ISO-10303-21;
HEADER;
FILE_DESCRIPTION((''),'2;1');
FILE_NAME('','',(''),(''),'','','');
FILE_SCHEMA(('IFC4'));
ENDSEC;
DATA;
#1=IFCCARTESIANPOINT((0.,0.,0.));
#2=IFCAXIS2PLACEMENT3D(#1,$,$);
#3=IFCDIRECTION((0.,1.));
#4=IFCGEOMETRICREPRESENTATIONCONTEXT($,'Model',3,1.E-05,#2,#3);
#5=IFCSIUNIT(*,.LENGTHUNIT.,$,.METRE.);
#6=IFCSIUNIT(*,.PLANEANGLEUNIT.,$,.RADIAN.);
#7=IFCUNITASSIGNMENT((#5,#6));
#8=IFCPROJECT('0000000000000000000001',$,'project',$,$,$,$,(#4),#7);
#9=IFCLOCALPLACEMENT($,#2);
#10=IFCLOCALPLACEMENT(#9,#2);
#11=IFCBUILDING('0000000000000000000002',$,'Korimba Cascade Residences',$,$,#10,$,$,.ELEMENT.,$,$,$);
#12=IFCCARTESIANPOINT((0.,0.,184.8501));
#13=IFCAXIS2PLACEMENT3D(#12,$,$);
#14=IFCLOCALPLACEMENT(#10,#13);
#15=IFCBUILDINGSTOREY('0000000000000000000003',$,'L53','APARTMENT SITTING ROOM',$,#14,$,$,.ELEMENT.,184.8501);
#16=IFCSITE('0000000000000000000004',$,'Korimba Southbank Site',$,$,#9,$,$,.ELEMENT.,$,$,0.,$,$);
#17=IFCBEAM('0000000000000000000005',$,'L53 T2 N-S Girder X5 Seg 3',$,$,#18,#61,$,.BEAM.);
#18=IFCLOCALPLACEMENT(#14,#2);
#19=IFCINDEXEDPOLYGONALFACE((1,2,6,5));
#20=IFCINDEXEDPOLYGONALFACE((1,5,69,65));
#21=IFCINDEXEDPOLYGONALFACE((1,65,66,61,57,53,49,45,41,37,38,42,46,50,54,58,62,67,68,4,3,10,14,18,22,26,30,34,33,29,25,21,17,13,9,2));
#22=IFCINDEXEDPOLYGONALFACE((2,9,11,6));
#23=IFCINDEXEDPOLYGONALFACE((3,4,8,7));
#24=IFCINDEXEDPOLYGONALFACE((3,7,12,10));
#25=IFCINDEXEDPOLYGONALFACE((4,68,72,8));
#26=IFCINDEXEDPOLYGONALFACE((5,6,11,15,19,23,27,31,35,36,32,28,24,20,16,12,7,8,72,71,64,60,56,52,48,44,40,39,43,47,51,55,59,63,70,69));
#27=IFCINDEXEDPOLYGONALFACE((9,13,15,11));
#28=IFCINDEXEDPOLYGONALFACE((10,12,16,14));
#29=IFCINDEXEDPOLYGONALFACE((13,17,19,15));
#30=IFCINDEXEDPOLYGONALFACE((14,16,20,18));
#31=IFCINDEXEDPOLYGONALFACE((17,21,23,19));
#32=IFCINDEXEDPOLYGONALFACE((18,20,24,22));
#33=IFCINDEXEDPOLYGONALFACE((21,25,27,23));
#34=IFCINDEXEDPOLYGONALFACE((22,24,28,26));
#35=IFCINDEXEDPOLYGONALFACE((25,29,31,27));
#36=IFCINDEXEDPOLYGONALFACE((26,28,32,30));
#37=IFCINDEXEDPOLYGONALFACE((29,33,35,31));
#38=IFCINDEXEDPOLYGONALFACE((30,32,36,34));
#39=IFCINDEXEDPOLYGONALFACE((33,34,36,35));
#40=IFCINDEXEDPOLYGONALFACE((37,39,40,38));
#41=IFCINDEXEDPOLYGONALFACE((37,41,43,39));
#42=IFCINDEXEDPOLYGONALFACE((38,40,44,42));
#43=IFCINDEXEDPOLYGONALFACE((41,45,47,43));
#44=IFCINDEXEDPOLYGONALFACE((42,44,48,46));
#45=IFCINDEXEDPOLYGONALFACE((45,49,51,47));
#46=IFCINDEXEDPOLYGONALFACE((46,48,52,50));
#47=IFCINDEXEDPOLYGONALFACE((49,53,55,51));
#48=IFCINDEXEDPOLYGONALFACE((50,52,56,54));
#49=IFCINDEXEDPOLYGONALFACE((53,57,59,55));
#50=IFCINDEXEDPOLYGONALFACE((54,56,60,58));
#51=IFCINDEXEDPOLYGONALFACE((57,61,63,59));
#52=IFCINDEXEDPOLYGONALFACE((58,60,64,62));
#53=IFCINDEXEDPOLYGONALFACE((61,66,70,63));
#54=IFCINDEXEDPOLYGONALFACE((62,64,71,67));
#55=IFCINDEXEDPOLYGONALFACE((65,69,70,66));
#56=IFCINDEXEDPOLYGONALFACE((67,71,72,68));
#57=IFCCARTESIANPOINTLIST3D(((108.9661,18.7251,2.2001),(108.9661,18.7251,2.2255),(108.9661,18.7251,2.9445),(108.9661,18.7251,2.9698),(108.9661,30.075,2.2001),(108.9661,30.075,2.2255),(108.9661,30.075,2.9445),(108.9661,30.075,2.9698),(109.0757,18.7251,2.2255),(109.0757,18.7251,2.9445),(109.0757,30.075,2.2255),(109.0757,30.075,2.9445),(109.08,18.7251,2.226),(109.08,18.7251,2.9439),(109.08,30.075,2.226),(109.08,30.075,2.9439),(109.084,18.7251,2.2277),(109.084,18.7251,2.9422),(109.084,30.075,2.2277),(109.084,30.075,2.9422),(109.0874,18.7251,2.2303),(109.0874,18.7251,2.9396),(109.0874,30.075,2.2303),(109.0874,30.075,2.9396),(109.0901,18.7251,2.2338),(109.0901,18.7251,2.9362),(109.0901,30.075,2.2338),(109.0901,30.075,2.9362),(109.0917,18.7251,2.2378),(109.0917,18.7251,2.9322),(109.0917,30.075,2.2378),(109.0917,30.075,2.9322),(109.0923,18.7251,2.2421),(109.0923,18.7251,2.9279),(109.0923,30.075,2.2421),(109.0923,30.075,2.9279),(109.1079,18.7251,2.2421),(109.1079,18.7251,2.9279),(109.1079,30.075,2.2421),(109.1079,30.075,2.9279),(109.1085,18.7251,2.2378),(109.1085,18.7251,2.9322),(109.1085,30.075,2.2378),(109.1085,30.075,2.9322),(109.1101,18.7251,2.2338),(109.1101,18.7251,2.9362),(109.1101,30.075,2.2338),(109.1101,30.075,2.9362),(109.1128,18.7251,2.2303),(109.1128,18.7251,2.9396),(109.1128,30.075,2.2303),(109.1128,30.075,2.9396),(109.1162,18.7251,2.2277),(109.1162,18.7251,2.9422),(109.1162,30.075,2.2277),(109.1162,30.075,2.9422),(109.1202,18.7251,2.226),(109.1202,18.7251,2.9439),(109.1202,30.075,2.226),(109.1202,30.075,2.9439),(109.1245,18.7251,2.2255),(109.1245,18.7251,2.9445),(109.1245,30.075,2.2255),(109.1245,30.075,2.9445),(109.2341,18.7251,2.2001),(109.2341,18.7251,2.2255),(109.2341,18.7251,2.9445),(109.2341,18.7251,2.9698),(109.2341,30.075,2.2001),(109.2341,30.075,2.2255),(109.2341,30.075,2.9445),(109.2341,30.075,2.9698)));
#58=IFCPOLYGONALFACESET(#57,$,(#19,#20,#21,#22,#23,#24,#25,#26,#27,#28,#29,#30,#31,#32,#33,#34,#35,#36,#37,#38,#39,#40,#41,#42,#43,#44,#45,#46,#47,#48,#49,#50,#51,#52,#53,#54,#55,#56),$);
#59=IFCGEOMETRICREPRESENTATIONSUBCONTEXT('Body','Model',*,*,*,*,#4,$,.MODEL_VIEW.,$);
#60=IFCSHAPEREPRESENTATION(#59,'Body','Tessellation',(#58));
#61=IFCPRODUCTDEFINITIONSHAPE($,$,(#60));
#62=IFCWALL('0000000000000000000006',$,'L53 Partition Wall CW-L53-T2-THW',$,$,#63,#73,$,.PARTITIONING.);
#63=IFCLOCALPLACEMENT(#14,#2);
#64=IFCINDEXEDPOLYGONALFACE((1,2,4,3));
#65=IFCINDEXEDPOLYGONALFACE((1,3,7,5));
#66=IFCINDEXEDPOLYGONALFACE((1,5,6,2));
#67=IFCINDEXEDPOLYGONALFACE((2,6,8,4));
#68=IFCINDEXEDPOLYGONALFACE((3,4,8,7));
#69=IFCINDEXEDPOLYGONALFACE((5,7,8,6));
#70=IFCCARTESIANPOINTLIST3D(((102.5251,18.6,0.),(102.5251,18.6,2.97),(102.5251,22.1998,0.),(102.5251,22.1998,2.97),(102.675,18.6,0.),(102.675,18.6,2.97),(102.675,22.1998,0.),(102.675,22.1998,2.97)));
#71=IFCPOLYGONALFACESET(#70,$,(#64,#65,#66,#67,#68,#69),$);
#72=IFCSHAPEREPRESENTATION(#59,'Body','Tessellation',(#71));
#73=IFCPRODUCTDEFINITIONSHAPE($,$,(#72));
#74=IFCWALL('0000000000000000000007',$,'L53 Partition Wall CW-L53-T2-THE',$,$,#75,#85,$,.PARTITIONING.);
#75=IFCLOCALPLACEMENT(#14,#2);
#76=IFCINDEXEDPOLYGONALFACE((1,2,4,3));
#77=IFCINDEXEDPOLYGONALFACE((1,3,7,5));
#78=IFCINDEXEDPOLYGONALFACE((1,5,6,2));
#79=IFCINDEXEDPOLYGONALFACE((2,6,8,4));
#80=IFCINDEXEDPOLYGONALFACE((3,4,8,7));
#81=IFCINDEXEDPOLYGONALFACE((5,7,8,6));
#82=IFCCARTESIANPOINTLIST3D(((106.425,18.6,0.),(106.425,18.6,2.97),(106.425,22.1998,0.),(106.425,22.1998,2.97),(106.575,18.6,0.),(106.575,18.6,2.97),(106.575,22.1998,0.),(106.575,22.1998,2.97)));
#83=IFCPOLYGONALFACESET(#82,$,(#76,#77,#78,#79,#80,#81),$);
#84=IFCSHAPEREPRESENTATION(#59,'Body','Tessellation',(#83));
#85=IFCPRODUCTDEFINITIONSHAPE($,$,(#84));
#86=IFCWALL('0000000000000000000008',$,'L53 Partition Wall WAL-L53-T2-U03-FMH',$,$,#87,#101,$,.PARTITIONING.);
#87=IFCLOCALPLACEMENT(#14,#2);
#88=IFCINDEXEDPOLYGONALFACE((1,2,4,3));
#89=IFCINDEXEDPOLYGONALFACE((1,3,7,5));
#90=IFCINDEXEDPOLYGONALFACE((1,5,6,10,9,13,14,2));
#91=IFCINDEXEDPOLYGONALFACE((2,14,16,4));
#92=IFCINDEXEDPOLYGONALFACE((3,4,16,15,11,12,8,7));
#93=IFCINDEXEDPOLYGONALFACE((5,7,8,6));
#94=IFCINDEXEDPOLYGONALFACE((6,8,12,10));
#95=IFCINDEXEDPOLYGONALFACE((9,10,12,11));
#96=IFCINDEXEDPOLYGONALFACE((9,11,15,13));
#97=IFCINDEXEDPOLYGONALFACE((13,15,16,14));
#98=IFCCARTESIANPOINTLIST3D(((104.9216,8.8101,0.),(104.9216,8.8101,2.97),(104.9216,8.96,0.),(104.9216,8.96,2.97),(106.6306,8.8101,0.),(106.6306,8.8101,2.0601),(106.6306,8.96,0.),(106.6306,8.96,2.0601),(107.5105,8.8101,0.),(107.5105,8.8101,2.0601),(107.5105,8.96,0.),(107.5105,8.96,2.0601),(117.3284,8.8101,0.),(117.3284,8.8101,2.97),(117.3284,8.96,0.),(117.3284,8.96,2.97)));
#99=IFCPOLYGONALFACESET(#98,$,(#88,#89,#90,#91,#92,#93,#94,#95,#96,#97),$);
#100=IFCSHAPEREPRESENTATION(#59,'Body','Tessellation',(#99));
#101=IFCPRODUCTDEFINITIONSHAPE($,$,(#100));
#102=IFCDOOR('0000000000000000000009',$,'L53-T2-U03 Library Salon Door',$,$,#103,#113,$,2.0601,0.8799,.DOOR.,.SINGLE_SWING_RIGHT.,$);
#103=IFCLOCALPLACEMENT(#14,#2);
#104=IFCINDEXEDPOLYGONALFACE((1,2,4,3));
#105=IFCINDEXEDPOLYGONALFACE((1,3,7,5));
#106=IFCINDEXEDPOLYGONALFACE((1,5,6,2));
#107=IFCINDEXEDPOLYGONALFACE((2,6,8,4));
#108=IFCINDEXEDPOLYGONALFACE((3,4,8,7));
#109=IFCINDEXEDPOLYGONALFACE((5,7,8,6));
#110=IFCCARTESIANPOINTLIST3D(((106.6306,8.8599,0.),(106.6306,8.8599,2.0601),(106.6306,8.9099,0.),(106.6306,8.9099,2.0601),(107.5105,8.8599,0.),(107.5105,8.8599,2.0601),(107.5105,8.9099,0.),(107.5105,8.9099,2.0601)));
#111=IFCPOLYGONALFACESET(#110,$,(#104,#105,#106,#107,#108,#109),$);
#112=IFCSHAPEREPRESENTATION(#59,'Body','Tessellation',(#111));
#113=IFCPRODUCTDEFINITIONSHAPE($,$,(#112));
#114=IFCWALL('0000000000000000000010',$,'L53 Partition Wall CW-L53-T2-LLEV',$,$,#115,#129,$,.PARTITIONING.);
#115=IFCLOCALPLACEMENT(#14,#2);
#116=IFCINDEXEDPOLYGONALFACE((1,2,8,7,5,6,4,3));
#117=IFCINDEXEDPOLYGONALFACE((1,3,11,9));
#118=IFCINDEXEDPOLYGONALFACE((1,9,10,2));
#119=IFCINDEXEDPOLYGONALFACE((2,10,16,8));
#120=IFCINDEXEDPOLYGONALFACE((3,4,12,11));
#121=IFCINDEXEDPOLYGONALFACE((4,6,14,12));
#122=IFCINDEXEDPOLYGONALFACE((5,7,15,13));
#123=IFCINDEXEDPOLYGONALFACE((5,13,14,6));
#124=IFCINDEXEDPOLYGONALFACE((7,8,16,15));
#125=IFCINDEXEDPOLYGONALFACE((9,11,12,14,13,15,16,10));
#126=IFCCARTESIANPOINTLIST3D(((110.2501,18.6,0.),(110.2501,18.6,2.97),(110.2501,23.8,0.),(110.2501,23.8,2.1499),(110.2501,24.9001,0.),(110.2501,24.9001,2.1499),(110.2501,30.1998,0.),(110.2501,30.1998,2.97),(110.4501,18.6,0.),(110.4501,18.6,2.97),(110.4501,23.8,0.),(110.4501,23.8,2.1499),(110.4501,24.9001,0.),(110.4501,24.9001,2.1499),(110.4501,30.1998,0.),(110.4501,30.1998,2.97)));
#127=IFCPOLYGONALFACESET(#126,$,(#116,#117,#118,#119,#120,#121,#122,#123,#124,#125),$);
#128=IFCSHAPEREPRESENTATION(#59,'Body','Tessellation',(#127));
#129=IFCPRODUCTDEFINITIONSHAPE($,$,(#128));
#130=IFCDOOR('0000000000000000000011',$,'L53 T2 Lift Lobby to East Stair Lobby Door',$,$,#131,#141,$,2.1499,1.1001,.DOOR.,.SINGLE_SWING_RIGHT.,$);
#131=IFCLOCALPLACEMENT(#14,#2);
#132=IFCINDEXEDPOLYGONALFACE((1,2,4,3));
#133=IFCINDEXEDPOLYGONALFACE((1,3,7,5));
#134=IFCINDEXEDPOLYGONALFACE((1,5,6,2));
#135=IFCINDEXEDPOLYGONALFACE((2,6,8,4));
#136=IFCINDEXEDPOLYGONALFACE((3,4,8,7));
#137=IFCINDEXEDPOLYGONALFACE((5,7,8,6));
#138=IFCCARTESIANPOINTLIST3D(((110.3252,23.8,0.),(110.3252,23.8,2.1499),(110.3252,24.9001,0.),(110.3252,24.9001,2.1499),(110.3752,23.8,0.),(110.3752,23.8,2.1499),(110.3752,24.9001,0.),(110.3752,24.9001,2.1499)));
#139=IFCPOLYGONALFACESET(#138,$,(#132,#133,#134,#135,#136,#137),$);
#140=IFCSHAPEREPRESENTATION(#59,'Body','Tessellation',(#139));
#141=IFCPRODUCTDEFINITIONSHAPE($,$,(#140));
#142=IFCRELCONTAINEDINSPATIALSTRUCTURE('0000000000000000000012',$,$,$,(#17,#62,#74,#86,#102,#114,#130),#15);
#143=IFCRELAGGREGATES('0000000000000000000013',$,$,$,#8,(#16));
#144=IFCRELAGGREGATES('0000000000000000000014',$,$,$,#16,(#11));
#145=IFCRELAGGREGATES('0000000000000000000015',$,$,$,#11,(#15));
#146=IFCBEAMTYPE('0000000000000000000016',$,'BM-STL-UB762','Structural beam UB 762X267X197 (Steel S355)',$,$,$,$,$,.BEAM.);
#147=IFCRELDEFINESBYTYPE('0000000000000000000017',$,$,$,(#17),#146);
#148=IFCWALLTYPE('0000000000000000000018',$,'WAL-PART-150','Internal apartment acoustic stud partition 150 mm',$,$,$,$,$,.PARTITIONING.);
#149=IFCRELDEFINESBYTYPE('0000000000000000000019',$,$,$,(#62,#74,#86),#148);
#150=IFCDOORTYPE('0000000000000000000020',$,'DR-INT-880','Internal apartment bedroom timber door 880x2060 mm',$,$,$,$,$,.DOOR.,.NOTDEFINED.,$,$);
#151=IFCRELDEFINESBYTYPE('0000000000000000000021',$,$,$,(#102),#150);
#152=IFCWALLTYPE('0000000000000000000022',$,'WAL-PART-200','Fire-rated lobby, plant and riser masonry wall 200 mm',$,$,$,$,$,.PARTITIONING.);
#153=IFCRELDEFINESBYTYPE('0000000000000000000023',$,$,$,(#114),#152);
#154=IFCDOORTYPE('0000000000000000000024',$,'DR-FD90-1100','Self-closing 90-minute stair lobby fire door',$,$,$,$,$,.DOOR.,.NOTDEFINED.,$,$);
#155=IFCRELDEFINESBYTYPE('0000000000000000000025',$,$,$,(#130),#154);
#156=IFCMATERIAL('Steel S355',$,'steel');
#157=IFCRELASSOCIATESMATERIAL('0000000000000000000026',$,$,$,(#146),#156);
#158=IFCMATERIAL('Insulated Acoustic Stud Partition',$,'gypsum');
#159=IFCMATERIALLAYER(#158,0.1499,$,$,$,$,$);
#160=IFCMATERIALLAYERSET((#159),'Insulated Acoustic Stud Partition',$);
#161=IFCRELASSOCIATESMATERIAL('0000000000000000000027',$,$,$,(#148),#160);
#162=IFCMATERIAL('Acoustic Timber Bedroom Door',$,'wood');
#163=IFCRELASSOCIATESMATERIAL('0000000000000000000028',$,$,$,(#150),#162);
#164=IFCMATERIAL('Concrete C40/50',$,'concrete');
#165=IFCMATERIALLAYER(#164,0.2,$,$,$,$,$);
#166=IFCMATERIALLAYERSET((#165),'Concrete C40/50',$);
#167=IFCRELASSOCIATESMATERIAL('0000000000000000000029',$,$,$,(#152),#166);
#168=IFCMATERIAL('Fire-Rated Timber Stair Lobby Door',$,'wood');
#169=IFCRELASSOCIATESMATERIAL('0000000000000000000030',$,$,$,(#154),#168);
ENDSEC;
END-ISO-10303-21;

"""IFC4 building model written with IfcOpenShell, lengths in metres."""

from ifc_helpers import new_model, si_unit, direction, frame, frame_2d, origin, origin_2d, place, context, subcontext, project, spatial, rectangle, i_section, extrude, material, layer, layer_set, material_profile, profile_set, type_object, element, fill, save


model = new_model("IFC4")

# Units and contexts
model_context = context("Model", 3, precision=1e-05, world=origin(), true_north=direction((0.0, 1.0)))
body_context = subcontext(model_context, "Body", "Model", "MODEL_VIEW")
ifc_project = project(units=[si_unit("LENGTHUNIT", "METRE"), si_unit("PLANEANGLEUNIT", "RADIAN")], contexts=[model_context])

# Site, building, storey
site_placement = place(None, origin())
site = spatial("IfcSite", under=ifc_project, at=site_placement, Name="Korimba Southbank Site", CompositionType="ELEMENT", RefElevation=0.0)
building_placement = place(site_placement, origin())
building = spatial("IfcBuilding", under=site, at=building_placement, Name="Korimba Cascade Residences", CompositionType="ELEMENT")
storey_placement = place(building_placement, frame((0.0, 0.0, 184.8501)))
storey = spatial("IfcBuildingStorey", under=building, at=storey_placement, Name="L53", Description="APARTMENT SITTING ROOM", CompositionType="ELEMENT", Elevation=184.8501)

# Beam
ifc_material_1 = material(Name="Steel S355", Category="steel")
ifc_material_profile_1 = material_profile(ifc_material_1, i_section(OverallWidth=0.2681, OverallDepth=0.7698, WebThickness=0.0156, FlangeThickness=0.0254, FilletRadius=0.0166, at=origin_2d()), Name="Steel S355")
ifc_profile_set_1 = profile_set([ifc_material_profile_1], Name="Steel S355")
beam_type = type_object("IfcBeamType", Name="BM-STL-UB762", Description="Structural beam UB 762X267X197 (Steel S355)", PredefinedType="BEAM", material=ifc_profile_set_1)
beam_1_placement = place(storey_placement, frame((109.1001, 18.7251, 2.585), z_axis=(0.0, 1.0, 0.0), x_axis=(-1.0, 0.0, 0.0)))
element("IfcBeam", 1, at=beam_1_placement, inside=storey, type_object=beam_type, Name="L53 T2 N-S Girder X5 Seg 3", PredefinedType="BEAM", context=body_context, shape_type="SweptSolid", body=[
    extrude(i_section(OverallWidth=0.2681, OverallDepth=0.7698, WebThickness=0.0156, FlangeThickness=0.0254, FilletRadius=0.0166, at=origin_2d()), origin(), (0.0, 0.0, 1.0), 11.3499),
])

# Walls
ifc_material_2 = material(Name="Insulated Acoustic Stud Partition", Category="gypsum")
ifc_layer_1 = layer(ifc_material_2, 0.1499)
ifc_layer_set_1 = layer_set([ifc_layer_1], Name="Insulated Acoustic Stud Partition")
wall_type_1 = type_object("IfcWallType", Name="WAL-PART-150", Description="Internal apartment acoustic stud partition 150 mm", PredefinedType="PARTITIONING", material=ifc_layer_set_1)
for number, where, z_axis, x_axis, name in (
    (2, (102.6001, 18.6001, 0.0), (0.0, 0.0, 1.0), (0.0, 1.0, 0.0), "L53 Partition Wall CW-L53-T2-THW"),
    (3, (106.5, 18.6001, 0.0), (0.0, 0.0, 1.0), (0.0, 1.0, 0.0), "L53 Partition Wall CW-L53-T2-THE"),
):
    element("IfcWall", number, at=place(storey_placement, frame(where, z_axis=z_axis, x_axis=x_axis)), inside=storey, type_object=wall_type_1, Name=name, PredefinedType="PARTITIONING", context=body_context, shape_type="SweptSolid", body=[
        extrude(rectangle(XDim=3.5999, YDim=0.1499, at=frame_2d((1.7998, 0.0))), origin(), (0.0, 0.0, 1.0), 2.97),
    ])

# Walls, openings, doors
wall_1_placement = place(storey_placement, frame((104.9216, 8.885, 0.0), z_axis=(0.0, 0.0, 1.0), x_axis=(1.0, 0.0, 0.0)))
wall_1 = element("IfcWall", 4, at=wall_1_placement, inside=storey, type_object=wall_type_1, Name="L53 Partition Wall WAL-L53-T2-U03-FMH", PredefinedType="PARTITIONING", context=body_context, shape_type="SweptSolid", body=[
    extrude(rectangle(XDim=12.4067, YDim=0.1499, at=frame_2d((6.2034, 0.0))), origin(), (0.0, 0.0, 1.0), 2.97),
])
opening_1_placement = place(wall_1_placement, frame((1.709, 0.0, 0.0)))
opening_1 = element("IfcOpeningElement", 5, at=opening_1_placement, cuts=wall_1, PredefinedType="OPENING", context=body_context, shape_type="SweptSolid", body=[
    extrude(rectangle(XDim=0.8799, YDim=2.0601, at=frame_2d((0.4399, 1.03))), frame((0.0, 0.085, 0.0), z_axis=(0.0, -1.0, 0.0), x_axis=(1.0, 0.0, 0.0)), (0.0, 0.0, 1.0), 0.1699),
])
ifc_material_3 = material(Name="Acoustic Timber Bedroom Door", Category="wood")
door_type_1 = type_object("IfcDoorType", Name="DR-INT-880", Description="Internal apartment bedroom timber door 880x2060 mm", OperationType="NOTDEFINED", PredefinedType="DOOR", material=ifc_material_3)
door_1_placement = place(opening_1_placement, origin())
door_1 = element("IfcDoor", 6, at=door_1_placement, inside=storey, type_object=door_type_1, Name="L53-T2-U03 Library Salon Door", OperationType="SINGLE_SWING_RIGHT", OverallHeight=2.0601, OverallWidth=0.8799, PredefinedType="DOOR", context=body_context, shape_type="SweptSolid", body=[
    extrude(rectangle(XDim=0.8799, YDim=2.0601, at=frame_2d((0.4399, 1.03))), frame((0.0, 0.0249, 0.0), z_axis=(0.0, -1.0, 0.0), x_axis=(1.0, 0.0, 0.0)), (0.0, 0.0, 1.0), 0.05),
])
fill(opening_1, door_1)
ifc_material_4 = material(Name="Concrete C40/50", Category="concrete")
ifc_layer_2 = layer(ifc_material_4, 0.2)
ifc_layer_set_2 = layer_set([ifc_layer_2], Name="Concrete C40/50")
wall_type_2 = type_object("IfcWallType", Name="WAL-PART-200", Description="Fire-rated lobby, plant and riser masonry wall 200 mm", PredefinedType="PARTITIONING", material=ifc_layer_set_2)
wall_2_placement = place(storey_placement, frame((110.3501, 18.6001, 0.0), z_axis=(0.0, 0.0, 1.0), x_axis=(0.0, 1.0, 0.0)))
wall_2 = element("IfcWall", 7, at=wall_2_placement, inside=storey, type_object=wall_type_2, Name="L53 Partition Wall CW-L53-T2-LLEV", PredefinedType="PARTITIONING", context=body_context, shape_type="SweptSolid", body=[
    extrude(rectangle(XDim=11.5999, YDim=0.2, at=frame_2d((5.7998, 0.0))), origin(), (0.0, 0.0, 1.0), 2.97),
])
opening_2_placement = place(wall_2_placement, frame((5.2, 0.0, 0.0)))
opening_2 = element("IfcOpeningElement", 8, at=opening_2_placement, cuts=wall_2, PredefinedType="OPENING", context=body_context, shape_type="SweptSolid", body=[
    extrude(rectangle(XDim=1.1001, YDim=2.1499, at=frame_2d((0.55, 1.075))), frame((0.0, 0.1099, 0.0), z_axis=(0.0, -1.0, 0.0), x_axis=(1.0, 0.0, 0.0)), (0.0, 0.0, 1.0), 0.22),
])
ifc_material_5 = material(Name="Fire-Rated Timber Stair Lobby Door", Category="wood")
door_type_2 = type_object("IfcDoorType", Name="DR-FD90-1100", Description="Self-closing 90-minute stair lobby fire door", OperationType="NOTDEFINED", PredefinedType="DOOR", material=ifc_material_5)
door_2_placement = place(opening_2_placement, origin())
door_2 = element("IfcDoor", 9, at=door_2_placement, inside=storey, type_object=door_type_2, Name="L53 T2 Lift Lobby to East Stair Lobby Door", OperationType="SINGLE_SWING_RIGHT", OverallHeight=2.1499, OverallWidth=1.1001, PredefinedType="DOOR", context=body_context, shape_type="SweptSolid", body=[
    extrude(rectangle(XDim=1.1001, YDim=2.1499, at=frame_2d((0.55, 1.075))), frame((0.0, 0.0249, 0.0), z_axis=(0.0, -1.0, 0.0), x_axis=(1.0, 0.0, 0.0)), (0.0, 0.0, 1.0), 0.05),
])
fill(opening_2, door_2)

save(model, "model.ifc")
